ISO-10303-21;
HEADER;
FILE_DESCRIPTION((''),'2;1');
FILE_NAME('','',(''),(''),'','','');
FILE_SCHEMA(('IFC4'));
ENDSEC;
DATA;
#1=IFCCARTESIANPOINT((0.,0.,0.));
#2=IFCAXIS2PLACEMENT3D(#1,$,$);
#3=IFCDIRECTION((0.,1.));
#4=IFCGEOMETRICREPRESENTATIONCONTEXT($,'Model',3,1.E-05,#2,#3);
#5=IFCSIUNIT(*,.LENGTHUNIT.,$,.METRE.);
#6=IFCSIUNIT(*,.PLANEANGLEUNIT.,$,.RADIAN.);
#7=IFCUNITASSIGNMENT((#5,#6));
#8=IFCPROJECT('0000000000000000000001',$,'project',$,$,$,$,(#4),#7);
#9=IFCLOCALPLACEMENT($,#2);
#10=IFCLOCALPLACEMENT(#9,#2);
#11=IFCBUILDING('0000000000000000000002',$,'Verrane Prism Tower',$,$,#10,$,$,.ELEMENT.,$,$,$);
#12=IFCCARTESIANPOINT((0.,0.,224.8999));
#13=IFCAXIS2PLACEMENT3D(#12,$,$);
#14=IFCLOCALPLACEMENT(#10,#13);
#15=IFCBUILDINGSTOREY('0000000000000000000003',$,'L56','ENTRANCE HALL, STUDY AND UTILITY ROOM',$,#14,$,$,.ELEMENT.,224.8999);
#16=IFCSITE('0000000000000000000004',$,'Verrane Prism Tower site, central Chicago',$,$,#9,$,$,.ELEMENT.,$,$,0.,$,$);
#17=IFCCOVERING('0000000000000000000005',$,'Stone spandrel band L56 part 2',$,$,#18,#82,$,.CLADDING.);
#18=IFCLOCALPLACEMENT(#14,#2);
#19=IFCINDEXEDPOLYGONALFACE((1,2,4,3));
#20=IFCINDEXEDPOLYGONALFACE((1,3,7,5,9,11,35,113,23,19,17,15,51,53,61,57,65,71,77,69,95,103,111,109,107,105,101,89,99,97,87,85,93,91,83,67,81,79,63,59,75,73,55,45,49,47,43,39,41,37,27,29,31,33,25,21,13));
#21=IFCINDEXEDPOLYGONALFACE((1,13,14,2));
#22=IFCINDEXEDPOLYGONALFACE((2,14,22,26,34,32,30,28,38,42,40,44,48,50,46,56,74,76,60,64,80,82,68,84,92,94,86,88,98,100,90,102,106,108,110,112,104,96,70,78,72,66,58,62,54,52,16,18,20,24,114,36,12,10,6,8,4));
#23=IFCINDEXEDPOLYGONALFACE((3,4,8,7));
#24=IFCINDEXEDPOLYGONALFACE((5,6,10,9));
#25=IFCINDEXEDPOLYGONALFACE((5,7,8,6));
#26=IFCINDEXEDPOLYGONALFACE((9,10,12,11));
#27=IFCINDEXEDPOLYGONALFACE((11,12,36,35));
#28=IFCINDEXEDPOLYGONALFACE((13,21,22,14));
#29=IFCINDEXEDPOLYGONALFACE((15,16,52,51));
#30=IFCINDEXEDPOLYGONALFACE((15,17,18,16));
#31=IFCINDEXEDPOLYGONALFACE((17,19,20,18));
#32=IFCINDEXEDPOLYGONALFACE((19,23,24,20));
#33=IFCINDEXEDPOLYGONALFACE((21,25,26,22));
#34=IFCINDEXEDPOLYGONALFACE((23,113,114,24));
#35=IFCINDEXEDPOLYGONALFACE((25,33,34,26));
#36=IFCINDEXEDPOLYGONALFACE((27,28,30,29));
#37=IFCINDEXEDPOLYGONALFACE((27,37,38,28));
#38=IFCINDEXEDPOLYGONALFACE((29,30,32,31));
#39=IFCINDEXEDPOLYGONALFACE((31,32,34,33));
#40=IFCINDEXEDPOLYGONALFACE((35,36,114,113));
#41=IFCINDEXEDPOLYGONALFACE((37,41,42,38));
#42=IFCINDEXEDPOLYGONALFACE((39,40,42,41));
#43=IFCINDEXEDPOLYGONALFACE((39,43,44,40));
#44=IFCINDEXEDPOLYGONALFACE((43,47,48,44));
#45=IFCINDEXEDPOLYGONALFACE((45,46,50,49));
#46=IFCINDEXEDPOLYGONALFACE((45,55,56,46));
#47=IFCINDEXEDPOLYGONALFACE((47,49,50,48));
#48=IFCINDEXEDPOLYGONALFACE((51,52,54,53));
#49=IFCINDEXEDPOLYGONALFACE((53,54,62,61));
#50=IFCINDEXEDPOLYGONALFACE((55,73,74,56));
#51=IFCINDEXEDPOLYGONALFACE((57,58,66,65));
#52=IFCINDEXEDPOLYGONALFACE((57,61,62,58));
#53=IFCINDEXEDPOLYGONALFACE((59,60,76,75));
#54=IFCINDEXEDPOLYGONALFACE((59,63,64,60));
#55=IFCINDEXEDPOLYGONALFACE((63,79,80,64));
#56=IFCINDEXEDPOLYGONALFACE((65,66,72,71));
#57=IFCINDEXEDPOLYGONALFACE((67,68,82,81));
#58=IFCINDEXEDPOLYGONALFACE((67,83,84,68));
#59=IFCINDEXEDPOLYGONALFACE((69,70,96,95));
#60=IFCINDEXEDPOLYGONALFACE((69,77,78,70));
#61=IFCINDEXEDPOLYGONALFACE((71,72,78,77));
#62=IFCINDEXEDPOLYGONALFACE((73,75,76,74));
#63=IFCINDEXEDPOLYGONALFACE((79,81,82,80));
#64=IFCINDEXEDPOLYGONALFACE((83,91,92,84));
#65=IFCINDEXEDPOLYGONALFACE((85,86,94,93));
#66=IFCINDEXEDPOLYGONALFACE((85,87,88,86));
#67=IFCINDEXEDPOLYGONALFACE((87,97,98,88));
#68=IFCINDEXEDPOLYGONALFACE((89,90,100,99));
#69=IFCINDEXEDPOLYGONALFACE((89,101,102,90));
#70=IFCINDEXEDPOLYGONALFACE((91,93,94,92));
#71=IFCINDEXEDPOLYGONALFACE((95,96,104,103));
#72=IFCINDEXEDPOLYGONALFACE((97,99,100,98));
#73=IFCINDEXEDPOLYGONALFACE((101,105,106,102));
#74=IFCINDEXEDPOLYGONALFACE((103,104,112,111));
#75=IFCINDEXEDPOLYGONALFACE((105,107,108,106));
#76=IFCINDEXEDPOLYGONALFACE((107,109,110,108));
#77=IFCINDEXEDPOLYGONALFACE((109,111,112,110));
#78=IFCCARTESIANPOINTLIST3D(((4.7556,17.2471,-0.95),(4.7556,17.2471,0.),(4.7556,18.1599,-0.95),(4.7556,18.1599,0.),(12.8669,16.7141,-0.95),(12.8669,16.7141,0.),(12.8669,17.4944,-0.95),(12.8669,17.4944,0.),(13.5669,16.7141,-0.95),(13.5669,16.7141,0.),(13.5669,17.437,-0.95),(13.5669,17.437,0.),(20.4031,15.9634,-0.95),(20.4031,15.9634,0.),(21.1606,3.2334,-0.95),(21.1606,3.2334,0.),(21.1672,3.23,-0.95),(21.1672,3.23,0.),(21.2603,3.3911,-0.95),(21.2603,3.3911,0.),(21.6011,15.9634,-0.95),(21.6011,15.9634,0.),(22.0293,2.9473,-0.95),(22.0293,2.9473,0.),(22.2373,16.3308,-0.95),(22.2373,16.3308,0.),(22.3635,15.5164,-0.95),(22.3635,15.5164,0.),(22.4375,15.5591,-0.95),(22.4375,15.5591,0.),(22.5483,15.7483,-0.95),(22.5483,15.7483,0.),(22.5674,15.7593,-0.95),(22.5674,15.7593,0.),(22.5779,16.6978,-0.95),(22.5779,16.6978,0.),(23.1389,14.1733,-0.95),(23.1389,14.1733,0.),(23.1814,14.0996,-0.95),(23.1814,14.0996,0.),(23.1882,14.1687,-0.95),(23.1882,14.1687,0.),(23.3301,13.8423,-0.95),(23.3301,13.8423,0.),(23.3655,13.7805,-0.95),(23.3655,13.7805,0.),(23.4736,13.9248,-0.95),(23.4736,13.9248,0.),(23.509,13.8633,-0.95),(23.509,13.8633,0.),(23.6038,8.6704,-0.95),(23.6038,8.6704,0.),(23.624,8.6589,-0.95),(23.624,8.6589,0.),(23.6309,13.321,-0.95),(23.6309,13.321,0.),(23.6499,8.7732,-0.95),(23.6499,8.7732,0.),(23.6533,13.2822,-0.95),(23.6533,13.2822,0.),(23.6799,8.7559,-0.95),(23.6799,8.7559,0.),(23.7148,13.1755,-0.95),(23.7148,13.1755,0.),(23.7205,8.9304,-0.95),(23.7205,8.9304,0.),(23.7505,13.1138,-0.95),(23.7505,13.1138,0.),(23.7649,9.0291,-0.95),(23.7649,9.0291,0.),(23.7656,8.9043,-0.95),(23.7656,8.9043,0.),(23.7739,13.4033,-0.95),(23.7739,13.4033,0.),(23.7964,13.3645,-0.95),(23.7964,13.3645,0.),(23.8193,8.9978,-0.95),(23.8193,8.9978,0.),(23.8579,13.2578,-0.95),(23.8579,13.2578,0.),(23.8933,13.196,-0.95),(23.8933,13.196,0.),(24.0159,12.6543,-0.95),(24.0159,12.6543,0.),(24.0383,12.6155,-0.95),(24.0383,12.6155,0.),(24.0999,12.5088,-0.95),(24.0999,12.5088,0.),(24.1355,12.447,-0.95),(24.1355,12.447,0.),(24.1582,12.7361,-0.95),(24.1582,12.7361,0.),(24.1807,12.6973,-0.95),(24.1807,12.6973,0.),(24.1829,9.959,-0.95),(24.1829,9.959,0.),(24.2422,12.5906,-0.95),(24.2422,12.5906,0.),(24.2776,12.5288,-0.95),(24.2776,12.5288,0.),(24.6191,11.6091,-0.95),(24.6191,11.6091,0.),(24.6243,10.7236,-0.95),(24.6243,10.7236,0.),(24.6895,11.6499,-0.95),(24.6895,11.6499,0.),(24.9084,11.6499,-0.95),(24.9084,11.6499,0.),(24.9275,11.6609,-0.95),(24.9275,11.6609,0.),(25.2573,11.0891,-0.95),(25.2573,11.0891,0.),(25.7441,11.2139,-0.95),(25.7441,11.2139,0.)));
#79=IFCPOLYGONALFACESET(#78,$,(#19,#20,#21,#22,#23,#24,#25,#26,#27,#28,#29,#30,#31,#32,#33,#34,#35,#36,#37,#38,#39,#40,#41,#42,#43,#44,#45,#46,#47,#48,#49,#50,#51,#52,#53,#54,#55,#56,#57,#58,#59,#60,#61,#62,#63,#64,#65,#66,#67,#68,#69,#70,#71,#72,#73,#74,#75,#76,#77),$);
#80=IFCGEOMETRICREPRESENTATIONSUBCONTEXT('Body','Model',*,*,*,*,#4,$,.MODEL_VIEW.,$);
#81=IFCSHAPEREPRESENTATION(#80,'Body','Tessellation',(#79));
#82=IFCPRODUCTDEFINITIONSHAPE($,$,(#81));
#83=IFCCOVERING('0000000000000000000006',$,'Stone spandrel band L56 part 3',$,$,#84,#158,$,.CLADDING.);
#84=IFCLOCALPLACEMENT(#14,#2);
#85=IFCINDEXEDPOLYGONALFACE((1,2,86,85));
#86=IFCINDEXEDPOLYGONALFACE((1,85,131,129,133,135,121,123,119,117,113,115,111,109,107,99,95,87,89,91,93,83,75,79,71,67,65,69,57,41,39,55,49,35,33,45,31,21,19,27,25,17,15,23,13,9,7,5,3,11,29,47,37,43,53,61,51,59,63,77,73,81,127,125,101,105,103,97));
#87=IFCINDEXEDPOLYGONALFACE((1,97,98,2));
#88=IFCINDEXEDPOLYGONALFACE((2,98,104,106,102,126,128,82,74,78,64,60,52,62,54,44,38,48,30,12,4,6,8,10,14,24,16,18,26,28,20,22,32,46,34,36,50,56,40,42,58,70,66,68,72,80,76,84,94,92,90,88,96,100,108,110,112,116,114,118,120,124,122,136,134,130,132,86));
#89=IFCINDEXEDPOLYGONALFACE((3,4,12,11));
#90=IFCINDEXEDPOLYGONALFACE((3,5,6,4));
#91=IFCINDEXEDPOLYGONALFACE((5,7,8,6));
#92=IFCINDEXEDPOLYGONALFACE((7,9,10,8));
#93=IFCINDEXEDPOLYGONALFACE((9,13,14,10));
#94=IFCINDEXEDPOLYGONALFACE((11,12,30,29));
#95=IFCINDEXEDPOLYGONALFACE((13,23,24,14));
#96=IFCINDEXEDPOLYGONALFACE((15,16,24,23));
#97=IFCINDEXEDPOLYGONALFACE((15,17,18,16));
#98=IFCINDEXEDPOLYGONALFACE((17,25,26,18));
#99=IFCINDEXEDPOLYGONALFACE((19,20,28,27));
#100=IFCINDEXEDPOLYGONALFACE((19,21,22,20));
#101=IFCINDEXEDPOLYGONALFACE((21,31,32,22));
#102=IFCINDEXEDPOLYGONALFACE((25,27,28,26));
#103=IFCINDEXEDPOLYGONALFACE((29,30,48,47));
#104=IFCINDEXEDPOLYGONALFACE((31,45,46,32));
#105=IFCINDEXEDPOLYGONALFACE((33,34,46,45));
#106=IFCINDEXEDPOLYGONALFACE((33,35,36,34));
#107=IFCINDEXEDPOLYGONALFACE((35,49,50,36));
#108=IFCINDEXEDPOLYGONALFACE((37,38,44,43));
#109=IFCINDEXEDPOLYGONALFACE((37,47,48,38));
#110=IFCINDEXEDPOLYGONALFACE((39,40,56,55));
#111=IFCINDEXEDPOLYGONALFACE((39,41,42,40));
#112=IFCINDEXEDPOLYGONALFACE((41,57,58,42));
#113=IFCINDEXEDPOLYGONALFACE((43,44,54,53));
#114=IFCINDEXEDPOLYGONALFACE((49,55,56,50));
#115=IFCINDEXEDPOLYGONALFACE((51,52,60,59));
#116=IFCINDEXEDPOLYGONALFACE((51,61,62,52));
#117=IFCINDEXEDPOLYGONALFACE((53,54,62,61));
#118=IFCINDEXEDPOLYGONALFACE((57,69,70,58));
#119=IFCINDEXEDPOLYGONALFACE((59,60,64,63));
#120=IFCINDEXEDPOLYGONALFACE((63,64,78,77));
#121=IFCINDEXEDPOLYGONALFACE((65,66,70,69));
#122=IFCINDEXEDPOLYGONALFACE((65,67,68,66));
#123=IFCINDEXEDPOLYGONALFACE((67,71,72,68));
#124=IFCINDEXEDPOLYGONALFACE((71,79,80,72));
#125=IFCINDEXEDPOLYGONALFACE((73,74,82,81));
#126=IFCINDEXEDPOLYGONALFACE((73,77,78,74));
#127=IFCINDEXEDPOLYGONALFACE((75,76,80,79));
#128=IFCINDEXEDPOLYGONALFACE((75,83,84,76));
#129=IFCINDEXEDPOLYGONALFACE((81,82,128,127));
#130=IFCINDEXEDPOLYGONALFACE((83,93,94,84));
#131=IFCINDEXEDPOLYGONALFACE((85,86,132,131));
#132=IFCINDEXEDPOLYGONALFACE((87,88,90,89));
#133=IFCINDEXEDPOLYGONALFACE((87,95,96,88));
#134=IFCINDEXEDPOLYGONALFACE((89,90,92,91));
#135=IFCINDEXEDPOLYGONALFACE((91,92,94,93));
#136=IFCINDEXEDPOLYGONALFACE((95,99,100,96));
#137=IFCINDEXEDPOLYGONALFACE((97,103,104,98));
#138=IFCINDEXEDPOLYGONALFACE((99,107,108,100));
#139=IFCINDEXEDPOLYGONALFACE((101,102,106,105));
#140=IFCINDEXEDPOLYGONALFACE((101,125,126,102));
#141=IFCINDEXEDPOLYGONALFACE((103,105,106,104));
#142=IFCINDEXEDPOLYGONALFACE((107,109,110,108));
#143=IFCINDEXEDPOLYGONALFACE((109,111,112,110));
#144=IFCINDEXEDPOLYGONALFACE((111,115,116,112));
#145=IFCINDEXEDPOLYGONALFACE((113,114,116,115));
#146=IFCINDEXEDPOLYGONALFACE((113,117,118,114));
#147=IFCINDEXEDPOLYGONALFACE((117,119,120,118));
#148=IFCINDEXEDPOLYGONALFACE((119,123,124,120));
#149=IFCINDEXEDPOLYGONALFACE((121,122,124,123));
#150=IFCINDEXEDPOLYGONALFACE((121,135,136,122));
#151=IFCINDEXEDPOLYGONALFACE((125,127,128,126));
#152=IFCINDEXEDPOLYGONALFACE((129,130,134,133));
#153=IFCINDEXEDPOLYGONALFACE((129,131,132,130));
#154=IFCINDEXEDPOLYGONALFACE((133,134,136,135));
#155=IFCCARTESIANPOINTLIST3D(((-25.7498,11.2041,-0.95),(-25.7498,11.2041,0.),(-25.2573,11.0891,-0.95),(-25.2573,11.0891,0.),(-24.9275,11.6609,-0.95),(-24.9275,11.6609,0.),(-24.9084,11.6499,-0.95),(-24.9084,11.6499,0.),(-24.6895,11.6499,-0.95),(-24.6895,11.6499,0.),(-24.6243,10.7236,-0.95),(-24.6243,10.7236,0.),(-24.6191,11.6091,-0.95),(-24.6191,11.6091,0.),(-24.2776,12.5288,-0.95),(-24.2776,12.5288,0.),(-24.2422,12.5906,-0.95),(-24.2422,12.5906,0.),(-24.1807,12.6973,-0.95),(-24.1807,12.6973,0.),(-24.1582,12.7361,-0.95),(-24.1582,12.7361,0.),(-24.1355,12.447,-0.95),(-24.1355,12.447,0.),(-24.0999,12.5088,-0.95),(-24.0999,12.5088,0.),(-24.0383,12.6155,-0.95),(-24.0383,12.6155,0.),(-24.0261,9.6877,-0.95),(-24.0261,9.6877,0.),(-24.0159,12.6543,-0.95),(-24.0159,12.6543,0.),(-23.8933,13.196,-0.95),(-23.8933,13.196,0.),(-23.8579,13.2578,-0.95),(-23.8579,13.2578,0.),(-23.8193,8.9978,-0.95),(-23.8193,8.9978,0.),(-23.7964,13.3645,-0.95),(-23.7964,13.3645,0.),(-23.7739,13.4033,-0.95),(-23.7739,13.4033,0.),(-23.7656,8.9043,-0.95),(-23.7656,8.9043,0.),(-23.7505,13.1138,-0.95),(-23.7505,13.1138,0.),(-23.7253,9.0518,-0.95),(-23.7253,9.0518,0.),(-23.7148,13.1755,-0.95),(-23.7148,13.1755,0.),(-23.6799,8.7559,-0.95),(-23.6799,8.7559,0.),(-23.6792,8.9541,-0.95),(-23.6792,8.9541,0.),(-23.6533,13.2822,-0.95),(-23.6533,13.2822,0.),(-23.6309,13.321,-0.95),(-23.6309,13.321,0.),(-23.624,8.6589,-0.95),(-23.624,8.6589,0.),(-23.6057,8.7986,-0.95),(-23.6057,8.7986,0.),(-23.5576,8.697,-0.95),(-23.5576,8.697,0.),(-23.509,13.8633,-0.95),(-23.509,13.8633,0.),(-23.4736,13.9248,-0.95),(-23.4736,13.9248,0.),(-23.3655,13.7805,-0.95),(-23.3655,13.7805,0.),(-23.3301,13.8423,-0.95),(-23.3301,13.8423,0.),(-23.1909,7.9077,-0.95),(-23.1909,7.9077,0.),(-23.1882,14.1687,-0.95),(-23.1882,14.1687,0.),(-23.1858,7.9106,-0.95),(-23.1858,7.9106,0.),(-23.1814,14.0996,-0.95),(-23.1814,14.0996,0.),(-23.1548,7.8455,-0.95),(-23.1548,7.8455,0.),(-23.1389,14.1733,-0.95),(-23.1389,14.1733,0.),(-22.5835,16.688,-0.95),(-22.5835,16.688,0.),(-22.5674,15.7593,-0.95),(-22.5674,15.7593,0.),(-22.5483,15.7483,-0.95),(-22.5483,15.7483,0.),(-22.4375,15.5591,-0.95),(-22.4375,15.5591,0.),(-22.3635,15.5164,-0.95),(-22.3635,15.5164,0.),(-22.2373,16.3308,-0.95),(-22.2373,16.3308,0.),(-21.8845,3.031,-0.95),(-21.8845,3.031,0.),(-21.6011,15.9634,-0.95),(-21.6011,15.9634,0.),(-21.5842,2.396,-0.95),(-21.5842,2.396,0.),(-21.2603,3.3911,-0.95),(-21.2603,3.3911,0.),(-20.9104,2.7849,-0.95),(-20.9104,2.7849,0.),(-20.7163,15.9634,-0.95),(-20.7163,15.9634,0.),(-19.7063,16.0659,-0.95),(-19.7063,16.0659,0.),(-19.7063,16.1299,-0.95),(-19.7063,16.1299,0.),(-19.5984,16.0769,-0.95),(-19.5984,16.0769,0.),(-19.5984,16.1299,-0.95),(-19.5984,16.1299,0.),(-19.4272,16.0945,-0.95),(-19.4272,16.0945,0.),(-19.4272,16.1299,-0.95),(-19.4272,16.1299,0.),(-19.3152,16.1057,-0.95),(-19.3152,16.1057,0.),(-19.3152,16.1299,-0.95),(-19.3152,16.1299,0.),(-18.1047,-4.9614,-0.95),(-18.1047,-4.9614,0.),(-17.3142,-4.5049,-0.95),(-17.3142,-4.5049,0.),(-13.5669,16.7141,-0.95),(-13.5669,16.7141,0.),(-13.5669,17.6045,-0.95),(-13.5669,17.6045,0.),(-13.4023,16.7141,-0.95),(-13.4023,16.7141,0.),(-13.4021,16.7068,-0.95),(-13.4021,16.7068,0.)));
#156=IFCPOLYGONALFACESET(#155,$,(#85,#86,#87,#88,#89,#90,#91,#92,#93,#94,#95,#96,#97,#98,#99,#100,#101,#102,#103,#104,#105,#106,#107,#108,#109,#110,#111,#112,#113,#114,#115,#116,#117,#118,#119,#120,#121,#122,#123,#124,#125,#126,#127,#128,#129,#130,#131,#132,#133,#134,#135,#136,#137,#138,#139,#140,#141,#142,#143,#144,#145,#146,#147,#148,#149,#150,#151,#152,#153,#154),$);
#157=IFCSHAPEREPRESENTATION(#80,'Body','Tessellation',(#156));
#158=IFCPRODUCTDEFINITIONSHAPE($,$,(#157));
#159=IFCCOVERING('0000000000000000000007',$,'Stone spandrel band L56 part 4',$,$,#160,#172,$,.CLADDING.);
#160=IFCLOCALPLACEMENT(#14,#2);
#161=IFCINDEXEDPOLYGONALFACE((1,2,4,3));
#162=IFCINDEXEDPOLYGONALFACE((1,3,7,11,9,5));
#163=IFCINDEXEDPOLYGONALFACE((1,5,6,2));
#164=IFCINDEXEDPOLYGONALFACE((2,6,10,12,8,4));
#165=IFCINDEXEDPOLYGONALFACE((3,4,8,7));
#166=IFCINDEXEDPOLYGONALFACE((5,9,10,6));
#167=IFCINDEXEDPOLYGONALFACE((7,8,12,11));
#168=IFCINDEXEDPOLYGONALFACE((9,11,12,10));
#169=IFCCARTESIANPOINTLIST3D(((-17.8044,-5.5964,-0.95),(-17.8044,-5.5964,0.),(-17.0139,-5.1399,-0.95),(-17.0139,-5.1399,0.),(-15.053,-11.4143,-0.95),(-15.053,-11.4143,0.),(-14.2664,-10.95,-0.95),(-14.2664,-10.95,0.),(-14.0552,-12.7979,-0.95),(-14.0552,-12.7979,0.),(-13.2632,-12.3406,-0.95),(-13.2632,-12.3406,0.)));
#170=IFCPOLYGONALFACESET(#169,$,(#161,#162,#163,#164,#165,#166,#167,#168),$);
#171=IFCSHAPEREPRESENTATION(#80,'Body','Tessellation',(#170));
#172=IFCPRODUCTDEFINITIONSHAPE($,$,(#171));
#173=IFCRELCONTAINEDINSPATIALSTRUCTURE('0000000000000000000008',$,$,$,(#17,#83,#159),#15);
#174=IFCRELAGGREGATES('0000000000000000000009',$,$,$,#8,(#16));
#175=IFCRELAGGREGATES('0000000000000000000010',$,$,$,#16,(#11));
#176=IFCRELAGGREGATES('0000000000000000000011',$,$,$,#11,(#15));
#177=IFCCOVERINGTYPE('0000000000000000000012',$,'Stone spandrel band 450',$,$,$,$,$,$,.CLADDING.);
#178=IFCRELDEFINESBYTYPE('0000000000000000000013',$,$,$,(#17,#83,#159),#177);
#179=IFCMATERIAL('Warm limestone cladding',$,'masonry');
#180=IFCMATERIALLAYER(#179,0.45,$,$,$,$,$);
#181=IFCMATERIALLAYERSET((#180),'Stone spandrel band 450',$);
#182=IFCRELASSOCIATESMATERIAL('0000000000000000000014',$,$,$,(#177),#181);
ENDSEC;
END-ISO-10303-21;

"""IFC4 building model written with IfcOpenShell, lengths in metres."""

from ifc_helpers import new_model, si_unit, direction, frame, origin, place, context, subcontext, project, spatial, polyline, outline, extrude, material, layer, layer_set, type_object, element, save


model = new_model("IFC4")

# Units and contexts
model_context = context("Model", 3, precision=1e-05, world=origin(), true_north=direction((0.0, 1.0)))
body_context = subcontext(model_context, "Body", "Model", "MODEL_VIEW")
ifc_project = project(units=[si_unit("LENGTHUNIT", "METRE"), si_unit("PLANEANGLEUNIT", "RADIAN")], contexts=[model_context])

# Site, building, storey
site_placement = place(None, origin())
site = spatial("IfcSite", under=ifc_project, at=site_placement, Name="Verrane Prism Tower site, central Chicago", CompositionType="ELEMENT", RefElevation=0.0)
building_placement = place(site_placement, origin())
building = spatial("IfcBuilding", under=site, at=building_placement, Name="Verrane Prism Tower", CompositionType="ELEMENT")
storey_placement = place(building_placement, frame((0.0, 0.0, 224.8999)))
storey = spatial("IfcBuildingStorey", under=building, at=storey_placement, Name="L56", Description="ENTRANCE HALL, STUDY AND UTILITY ROOM", CompositionType="ELEMENT", Elevation=224.8999)

# Coverings
ifc_material_1 = material(Name="Warm limestone cladding", Category="masonry")
ifc_layer_1 = layer(ifc_material_1, 0.45)
ifc_layer_set_1 = layer_set([ifc_layer_1], Name="Stone spandrel band 450")
covering_type = type_object("IfcCoveringType", Name="Stone spandrel band 450", PredefinedType="CLADDING", material=ifc_layer_set_1)
covering_1_placement = place(storey_placement, frame((0.0, 0.0, -0.95)))
element("IfcCovering", 1, at=covering_1_placement, inside=storey, type_object=covering_type, Name="Stone spandrel band L56 part 2", PredefinedType="CLADDING", context=body_context, shape_type="SweptSolid", body=[
    extrude(outline(polyline([(4.7556, 18.1599), (4.7556, 17.2471), (20.4031, 15.9634), (21.6011, 15.9634), (22.2373, 16.3308), (22.5674, 15.7593), (22.5483, 15.7483), (22.4375, 15.5591), (22.3635, 15.5164), (23.1389, 14.1733), (23.1882, 14.1687), (23.1814, 14.0996), (23.3301, 13.8423), (23.4736, 13.9248), (23.509, 13.8633), (23.3655, 13.7805), (23.6309, 13.321), (23.7739, 13.4033), (23.7964, 13.3645), (23.6533, 13.2822), (23.7148, 13.1755), (23.8579, 13.2578), (23.8933, 13.196), (23.7505, 13.1138), (24.0159, 12.6543), (24.1582, 12.7361), (24.1807, 12.6973), (24.0383, 12.6155), (24.0999, 12.5088), (24.2422, 12.5906), (24.2776, 12.5288), (24.1355, 12.447), (24.6191, 11.6091), (24.6895, 11.6499), (24.9084, 11.6499), (24.9275, 11.6609), (25.2573, 11.0891), (24.6243, 10.7236), (24.1829, 9.959), (23.7649, 9.0291), (23.8193, 8.9978), (23.7656, 8.9043), (23.7205, 8.9304), (23.6499, 8.7732), (23.6799, 8.7559), (23.624, 8.6589), (23.6038, 8.6704), (21.1606, 3.2334), (21.1672, 3.23), (21.2603, 3.3911), (22.0293, 2.9473), (25.7441, 11.2139), (22.5779, 16.6978), (13.5669, 17.437), (13.5669, 16.7141), (12.8669, 16.7141), (12.8669, 17.4944), (4.7556, 18.1599)])), origin(), (0.0, 0.0, 1.0), 0.95),
])
covering_2_placement = place(storey_placement, frame((0.0, 0.0, -0.95)))
element("IfcCovering", 2, at=covering_2_placement, inside=storey, type_object=covering_type, Name="Stone spandrel band L56 part 3", PredefinedType="CLADDING", context=body_context, shape_type="SweptSolid", body=[
    extrude(outline(polyline([(-17.3142, -4.5049), (-23.1548, 7.8455), (-23.1909, 7.9077), (-23.1858, 7.9106), (-23.5576, 8.697), (-23.624, 8.6589), (-23.6799, 8.7559), (-23.6057, 8.7986), (-23.6792, 8.9541), (-23.7656, 8.9043), (-23.8193, 8.9978), (-23.7253, 9.0518), (-24.0261, 9.6877), (-24.6243, 10.7236), (-25.2573, 11.0891), (-24.9275, 11.6609), (-24.9084, 11.6499), (-24.6895, 11.6499), (-24.6191, 11.6091), (-24.1355, 12.447), (-24.2776, 12.5288), (-24.2422, 12.5906), (-24.0999, 12.5088), (-24.0383, 12.6155), (-24.1807, 12.6973), (-24.1582, 12.7361), (-24.0159, 12.6543), (-23.7505, 13.1138), (-23.8933, 13.196), (-23.8579, 13.2578), (-23.7148, 13.1755), (-23.6533, 13.2822), (-23.7964, 13.3645), (-23.7739, 13.4033), (-23.6309, 13.321), (-23.3655, 13.7805), (-23.509, 13.8633), (-23.4736, 13.9248), (-23.3301, 13.8423), (-23.1814, 14.0996), (-23.1882, 14.1687), (-23.1389, 14.1733), (-22.3635, 15.5164), (-22.4375, 15.5591), (-22.5483, 15.7483), (-22.5674, 15.7593), (-22.2373, 16.3308), (-21.6011, 15.9634), (-20.7163, 15.9634), (-19.7063, 16.0659), (-19.7063, 16.1299), (-19.5984, 16.1299), (-19.5984, 16.0769), (-19.4272, 16.0945), (-19.4272, 16.1299), (-19.3152, 16.1299), (-19.3152, 16.1057), (-13.4021, 16.7068), (-13.4023, 16.7141), (-13.5669, 16.7141), (-13.5669, 17.6045), (-22.5835, 16.688), (-25.7498, 11.2041), (-21.8845, 3.031), (-21.2603, 3.3911), (-20.9104, 2.7849), (-21.5842, 2.396), (-18.1047, -4.9614), (-17.3142, -4.5049)])), origin(), (0.0, 0.0, 1.0), 0.95),
])
covering_3_placement = place(storey_placement, frame((0.0, 0.0, -0.95)))
element("IfcCovering", 3, at=covering_3_placement, inside=storey, type_object=covering_type, Name="Stone spandrel band L56 part 4", PredefinedType="CLADDING", context=body_context, shape_type="SweptSolid", body=[
    extrude(outline(polyline([(-14.0552, -12.7979), (-13.2632, -12.3406), (-14.2664, -10.95), (-17.0139, -5.1399), (-17.8044, -5.5964), (-15.053, -11.4143), (-14.0552, -12.7979)])), origin(), (0.0, 0.0, 1.0), 0.95),
])

save(model, "model.ifc")
